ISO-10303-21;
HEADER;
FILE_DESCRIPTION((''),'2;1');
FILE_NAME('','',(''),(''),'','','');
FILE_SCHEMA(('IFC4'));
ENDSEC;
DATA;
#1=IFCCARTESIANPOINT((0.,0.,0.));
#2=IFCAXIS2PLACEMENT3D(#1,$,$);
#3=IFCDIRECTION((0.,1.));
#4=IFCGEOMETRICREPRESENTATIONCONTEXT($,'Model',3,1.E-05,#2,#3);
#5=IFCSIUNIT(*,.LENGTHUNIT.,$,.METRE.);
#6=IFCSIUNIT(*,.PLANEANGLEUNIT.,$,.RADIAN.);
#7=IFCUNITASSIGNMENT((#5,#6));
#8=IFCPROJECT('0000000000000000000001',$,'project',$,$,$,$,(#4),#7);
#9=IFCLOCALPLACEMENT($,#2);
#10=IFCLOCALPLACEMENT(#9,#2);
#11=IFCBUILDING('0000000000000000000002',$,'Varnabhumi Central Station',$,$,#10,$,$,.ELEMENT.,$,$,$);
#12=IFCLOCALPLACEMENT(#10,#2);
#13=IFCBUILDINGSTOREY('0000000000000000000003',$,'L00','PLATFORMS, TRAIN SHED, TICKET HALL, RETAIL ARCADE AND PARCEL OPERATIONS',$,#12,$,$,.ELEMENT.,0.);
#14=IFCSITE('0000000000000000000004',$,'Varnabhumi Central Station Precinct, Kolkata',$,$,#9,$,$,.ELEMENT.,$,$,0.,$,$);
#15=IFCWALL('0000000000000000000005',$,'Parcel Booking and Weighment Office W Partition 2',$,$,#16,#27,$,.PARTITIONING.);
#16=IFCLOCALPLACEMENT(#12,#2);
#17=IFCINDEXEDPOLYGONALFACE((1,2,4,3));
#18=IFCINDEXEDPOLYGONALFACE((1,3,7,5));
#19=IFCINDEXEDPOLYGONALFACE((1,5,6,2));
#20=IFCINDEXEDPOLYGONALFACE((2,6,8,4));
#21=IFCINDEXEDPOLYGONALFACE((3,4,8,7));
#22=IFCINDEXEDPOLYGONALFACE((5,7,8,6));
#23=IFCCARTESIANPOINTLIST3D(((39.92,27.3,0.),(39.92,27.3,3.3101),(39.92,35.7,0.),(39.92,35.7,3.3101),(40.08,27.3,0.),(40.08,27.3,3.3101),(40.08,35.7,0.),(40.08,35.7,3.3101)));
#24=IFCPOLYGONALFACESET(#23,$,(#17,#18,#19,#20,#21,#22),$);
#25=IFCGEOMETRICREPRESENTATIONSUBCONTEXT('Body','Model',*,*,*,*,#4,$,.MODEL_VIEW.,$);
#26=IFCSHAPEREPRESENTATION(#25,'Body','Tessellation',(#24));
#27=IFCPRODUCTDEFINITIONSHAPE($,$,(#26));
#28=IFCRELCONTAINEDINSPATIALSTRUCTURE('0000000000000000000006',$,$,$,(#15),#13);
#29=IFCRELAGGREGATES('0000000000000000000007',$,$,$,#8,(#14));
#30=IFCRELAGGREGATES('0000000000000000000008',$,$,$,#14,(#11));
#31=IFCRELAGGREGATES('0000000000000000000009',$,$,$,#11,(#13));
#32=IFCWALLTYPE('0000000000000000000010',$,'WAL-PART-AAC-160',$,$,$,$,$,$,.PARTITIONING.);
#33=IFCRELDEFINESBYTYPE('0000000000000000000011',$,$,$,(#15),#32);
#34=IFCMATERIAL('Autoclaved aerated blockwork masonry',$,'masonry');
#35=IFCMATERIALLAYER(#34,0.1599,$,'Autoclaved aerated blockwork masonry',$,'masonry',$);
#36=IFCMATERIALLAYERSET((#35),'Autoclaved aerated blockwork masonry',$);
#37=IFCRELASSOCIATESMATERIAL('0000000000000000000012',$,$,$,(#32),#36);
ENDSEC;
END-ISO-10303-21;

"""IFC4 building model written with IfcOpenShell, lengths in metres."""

from ifc_helpers import new_model, si_unit, direction, frame, frame_2d, origin, place, context, subcontext, project, spatial, rectangle, extrude, material, layer, layer_set, type_object, element, save


model = new_model("IFC4")

# Units and contexts
model_context = context("Model", 3, precision=1e-05, world=origin(), true_north=direction((0.0, 1.0)))
body_context = subcontext(model_context, "Body", "Model", "MODEL_VIEW")
ifc_project = project(units=[si_unit("LENGTHUNIT", "METRE"), si_unit("PLANEANGLEUNIT", "RADIAN")], contexts=[model_context])

# Site, building, storey
site_placement = place(None, origin())
site = spatial("IfcSite", under=ifc_project, at=site_placement, Name="Varnabhumi Central Station Precinct, Kolkata", CompositionType="ELEMENT", RefElevation=0.0)
building_placement = place(site_placement, origin())
building = spatial("IfcBuilding", under=site, at=building_placement, Name="Varnabhumi Central Station", CompositionType="ELEMENT")
storey_placement = place(building_placement, origin())
storey = spatial("IfcBuildingStorey", under=building, at=storey_placement, Name="L00", Description="PLATFORMS, TRAIN SHED, TICKET HALL, RETAIL ARCADE AND PARCEL OPERATIONS", CompositionType="ELEMENT", Elevation=0.0)

# Wall
ifc_material_1 = material(Name="Autoclaved aerated blockwork masonry", Category="masonry")
ifc_layer_1 = layer(ifc_material_1, 0.1599, Name="Autoclaved aerated blockwork masonry", Category="masonry")
ifc_layer_set_1 = layer_set([ifc_layer_1], Name="Autoclaved aerated blockwork masonry")
wall_type = type_object("IfcWallType", Name="WAL-PART-AAC-160", PredefinedType="PARTITIONING", material=ifc_layer_set_1)
wall_1_placement = place(storey_placement, frame((40.0, 27.3, 0.0), z_axis=(0.0, 0.0, 1.0), x_axis=(0.0, 1.0, 0.0)))
element("IfcWall", 1, at=wall_1_placement, inside=storey, type_object=wall_type, Name="Parcel Booking and Weighment Office W Partition 2", PredefinedType="PARTITIONING", context=body_context, shape_type="SweptSolid", body=[
    extrude(rectangle(XDim=8.3999, YDim=0.1599, at=frame_2d((4.2, 0.0))), origin(), (0.0, 0.0, 1.0), 3.3101),
])

save(model, "model.ifc")
